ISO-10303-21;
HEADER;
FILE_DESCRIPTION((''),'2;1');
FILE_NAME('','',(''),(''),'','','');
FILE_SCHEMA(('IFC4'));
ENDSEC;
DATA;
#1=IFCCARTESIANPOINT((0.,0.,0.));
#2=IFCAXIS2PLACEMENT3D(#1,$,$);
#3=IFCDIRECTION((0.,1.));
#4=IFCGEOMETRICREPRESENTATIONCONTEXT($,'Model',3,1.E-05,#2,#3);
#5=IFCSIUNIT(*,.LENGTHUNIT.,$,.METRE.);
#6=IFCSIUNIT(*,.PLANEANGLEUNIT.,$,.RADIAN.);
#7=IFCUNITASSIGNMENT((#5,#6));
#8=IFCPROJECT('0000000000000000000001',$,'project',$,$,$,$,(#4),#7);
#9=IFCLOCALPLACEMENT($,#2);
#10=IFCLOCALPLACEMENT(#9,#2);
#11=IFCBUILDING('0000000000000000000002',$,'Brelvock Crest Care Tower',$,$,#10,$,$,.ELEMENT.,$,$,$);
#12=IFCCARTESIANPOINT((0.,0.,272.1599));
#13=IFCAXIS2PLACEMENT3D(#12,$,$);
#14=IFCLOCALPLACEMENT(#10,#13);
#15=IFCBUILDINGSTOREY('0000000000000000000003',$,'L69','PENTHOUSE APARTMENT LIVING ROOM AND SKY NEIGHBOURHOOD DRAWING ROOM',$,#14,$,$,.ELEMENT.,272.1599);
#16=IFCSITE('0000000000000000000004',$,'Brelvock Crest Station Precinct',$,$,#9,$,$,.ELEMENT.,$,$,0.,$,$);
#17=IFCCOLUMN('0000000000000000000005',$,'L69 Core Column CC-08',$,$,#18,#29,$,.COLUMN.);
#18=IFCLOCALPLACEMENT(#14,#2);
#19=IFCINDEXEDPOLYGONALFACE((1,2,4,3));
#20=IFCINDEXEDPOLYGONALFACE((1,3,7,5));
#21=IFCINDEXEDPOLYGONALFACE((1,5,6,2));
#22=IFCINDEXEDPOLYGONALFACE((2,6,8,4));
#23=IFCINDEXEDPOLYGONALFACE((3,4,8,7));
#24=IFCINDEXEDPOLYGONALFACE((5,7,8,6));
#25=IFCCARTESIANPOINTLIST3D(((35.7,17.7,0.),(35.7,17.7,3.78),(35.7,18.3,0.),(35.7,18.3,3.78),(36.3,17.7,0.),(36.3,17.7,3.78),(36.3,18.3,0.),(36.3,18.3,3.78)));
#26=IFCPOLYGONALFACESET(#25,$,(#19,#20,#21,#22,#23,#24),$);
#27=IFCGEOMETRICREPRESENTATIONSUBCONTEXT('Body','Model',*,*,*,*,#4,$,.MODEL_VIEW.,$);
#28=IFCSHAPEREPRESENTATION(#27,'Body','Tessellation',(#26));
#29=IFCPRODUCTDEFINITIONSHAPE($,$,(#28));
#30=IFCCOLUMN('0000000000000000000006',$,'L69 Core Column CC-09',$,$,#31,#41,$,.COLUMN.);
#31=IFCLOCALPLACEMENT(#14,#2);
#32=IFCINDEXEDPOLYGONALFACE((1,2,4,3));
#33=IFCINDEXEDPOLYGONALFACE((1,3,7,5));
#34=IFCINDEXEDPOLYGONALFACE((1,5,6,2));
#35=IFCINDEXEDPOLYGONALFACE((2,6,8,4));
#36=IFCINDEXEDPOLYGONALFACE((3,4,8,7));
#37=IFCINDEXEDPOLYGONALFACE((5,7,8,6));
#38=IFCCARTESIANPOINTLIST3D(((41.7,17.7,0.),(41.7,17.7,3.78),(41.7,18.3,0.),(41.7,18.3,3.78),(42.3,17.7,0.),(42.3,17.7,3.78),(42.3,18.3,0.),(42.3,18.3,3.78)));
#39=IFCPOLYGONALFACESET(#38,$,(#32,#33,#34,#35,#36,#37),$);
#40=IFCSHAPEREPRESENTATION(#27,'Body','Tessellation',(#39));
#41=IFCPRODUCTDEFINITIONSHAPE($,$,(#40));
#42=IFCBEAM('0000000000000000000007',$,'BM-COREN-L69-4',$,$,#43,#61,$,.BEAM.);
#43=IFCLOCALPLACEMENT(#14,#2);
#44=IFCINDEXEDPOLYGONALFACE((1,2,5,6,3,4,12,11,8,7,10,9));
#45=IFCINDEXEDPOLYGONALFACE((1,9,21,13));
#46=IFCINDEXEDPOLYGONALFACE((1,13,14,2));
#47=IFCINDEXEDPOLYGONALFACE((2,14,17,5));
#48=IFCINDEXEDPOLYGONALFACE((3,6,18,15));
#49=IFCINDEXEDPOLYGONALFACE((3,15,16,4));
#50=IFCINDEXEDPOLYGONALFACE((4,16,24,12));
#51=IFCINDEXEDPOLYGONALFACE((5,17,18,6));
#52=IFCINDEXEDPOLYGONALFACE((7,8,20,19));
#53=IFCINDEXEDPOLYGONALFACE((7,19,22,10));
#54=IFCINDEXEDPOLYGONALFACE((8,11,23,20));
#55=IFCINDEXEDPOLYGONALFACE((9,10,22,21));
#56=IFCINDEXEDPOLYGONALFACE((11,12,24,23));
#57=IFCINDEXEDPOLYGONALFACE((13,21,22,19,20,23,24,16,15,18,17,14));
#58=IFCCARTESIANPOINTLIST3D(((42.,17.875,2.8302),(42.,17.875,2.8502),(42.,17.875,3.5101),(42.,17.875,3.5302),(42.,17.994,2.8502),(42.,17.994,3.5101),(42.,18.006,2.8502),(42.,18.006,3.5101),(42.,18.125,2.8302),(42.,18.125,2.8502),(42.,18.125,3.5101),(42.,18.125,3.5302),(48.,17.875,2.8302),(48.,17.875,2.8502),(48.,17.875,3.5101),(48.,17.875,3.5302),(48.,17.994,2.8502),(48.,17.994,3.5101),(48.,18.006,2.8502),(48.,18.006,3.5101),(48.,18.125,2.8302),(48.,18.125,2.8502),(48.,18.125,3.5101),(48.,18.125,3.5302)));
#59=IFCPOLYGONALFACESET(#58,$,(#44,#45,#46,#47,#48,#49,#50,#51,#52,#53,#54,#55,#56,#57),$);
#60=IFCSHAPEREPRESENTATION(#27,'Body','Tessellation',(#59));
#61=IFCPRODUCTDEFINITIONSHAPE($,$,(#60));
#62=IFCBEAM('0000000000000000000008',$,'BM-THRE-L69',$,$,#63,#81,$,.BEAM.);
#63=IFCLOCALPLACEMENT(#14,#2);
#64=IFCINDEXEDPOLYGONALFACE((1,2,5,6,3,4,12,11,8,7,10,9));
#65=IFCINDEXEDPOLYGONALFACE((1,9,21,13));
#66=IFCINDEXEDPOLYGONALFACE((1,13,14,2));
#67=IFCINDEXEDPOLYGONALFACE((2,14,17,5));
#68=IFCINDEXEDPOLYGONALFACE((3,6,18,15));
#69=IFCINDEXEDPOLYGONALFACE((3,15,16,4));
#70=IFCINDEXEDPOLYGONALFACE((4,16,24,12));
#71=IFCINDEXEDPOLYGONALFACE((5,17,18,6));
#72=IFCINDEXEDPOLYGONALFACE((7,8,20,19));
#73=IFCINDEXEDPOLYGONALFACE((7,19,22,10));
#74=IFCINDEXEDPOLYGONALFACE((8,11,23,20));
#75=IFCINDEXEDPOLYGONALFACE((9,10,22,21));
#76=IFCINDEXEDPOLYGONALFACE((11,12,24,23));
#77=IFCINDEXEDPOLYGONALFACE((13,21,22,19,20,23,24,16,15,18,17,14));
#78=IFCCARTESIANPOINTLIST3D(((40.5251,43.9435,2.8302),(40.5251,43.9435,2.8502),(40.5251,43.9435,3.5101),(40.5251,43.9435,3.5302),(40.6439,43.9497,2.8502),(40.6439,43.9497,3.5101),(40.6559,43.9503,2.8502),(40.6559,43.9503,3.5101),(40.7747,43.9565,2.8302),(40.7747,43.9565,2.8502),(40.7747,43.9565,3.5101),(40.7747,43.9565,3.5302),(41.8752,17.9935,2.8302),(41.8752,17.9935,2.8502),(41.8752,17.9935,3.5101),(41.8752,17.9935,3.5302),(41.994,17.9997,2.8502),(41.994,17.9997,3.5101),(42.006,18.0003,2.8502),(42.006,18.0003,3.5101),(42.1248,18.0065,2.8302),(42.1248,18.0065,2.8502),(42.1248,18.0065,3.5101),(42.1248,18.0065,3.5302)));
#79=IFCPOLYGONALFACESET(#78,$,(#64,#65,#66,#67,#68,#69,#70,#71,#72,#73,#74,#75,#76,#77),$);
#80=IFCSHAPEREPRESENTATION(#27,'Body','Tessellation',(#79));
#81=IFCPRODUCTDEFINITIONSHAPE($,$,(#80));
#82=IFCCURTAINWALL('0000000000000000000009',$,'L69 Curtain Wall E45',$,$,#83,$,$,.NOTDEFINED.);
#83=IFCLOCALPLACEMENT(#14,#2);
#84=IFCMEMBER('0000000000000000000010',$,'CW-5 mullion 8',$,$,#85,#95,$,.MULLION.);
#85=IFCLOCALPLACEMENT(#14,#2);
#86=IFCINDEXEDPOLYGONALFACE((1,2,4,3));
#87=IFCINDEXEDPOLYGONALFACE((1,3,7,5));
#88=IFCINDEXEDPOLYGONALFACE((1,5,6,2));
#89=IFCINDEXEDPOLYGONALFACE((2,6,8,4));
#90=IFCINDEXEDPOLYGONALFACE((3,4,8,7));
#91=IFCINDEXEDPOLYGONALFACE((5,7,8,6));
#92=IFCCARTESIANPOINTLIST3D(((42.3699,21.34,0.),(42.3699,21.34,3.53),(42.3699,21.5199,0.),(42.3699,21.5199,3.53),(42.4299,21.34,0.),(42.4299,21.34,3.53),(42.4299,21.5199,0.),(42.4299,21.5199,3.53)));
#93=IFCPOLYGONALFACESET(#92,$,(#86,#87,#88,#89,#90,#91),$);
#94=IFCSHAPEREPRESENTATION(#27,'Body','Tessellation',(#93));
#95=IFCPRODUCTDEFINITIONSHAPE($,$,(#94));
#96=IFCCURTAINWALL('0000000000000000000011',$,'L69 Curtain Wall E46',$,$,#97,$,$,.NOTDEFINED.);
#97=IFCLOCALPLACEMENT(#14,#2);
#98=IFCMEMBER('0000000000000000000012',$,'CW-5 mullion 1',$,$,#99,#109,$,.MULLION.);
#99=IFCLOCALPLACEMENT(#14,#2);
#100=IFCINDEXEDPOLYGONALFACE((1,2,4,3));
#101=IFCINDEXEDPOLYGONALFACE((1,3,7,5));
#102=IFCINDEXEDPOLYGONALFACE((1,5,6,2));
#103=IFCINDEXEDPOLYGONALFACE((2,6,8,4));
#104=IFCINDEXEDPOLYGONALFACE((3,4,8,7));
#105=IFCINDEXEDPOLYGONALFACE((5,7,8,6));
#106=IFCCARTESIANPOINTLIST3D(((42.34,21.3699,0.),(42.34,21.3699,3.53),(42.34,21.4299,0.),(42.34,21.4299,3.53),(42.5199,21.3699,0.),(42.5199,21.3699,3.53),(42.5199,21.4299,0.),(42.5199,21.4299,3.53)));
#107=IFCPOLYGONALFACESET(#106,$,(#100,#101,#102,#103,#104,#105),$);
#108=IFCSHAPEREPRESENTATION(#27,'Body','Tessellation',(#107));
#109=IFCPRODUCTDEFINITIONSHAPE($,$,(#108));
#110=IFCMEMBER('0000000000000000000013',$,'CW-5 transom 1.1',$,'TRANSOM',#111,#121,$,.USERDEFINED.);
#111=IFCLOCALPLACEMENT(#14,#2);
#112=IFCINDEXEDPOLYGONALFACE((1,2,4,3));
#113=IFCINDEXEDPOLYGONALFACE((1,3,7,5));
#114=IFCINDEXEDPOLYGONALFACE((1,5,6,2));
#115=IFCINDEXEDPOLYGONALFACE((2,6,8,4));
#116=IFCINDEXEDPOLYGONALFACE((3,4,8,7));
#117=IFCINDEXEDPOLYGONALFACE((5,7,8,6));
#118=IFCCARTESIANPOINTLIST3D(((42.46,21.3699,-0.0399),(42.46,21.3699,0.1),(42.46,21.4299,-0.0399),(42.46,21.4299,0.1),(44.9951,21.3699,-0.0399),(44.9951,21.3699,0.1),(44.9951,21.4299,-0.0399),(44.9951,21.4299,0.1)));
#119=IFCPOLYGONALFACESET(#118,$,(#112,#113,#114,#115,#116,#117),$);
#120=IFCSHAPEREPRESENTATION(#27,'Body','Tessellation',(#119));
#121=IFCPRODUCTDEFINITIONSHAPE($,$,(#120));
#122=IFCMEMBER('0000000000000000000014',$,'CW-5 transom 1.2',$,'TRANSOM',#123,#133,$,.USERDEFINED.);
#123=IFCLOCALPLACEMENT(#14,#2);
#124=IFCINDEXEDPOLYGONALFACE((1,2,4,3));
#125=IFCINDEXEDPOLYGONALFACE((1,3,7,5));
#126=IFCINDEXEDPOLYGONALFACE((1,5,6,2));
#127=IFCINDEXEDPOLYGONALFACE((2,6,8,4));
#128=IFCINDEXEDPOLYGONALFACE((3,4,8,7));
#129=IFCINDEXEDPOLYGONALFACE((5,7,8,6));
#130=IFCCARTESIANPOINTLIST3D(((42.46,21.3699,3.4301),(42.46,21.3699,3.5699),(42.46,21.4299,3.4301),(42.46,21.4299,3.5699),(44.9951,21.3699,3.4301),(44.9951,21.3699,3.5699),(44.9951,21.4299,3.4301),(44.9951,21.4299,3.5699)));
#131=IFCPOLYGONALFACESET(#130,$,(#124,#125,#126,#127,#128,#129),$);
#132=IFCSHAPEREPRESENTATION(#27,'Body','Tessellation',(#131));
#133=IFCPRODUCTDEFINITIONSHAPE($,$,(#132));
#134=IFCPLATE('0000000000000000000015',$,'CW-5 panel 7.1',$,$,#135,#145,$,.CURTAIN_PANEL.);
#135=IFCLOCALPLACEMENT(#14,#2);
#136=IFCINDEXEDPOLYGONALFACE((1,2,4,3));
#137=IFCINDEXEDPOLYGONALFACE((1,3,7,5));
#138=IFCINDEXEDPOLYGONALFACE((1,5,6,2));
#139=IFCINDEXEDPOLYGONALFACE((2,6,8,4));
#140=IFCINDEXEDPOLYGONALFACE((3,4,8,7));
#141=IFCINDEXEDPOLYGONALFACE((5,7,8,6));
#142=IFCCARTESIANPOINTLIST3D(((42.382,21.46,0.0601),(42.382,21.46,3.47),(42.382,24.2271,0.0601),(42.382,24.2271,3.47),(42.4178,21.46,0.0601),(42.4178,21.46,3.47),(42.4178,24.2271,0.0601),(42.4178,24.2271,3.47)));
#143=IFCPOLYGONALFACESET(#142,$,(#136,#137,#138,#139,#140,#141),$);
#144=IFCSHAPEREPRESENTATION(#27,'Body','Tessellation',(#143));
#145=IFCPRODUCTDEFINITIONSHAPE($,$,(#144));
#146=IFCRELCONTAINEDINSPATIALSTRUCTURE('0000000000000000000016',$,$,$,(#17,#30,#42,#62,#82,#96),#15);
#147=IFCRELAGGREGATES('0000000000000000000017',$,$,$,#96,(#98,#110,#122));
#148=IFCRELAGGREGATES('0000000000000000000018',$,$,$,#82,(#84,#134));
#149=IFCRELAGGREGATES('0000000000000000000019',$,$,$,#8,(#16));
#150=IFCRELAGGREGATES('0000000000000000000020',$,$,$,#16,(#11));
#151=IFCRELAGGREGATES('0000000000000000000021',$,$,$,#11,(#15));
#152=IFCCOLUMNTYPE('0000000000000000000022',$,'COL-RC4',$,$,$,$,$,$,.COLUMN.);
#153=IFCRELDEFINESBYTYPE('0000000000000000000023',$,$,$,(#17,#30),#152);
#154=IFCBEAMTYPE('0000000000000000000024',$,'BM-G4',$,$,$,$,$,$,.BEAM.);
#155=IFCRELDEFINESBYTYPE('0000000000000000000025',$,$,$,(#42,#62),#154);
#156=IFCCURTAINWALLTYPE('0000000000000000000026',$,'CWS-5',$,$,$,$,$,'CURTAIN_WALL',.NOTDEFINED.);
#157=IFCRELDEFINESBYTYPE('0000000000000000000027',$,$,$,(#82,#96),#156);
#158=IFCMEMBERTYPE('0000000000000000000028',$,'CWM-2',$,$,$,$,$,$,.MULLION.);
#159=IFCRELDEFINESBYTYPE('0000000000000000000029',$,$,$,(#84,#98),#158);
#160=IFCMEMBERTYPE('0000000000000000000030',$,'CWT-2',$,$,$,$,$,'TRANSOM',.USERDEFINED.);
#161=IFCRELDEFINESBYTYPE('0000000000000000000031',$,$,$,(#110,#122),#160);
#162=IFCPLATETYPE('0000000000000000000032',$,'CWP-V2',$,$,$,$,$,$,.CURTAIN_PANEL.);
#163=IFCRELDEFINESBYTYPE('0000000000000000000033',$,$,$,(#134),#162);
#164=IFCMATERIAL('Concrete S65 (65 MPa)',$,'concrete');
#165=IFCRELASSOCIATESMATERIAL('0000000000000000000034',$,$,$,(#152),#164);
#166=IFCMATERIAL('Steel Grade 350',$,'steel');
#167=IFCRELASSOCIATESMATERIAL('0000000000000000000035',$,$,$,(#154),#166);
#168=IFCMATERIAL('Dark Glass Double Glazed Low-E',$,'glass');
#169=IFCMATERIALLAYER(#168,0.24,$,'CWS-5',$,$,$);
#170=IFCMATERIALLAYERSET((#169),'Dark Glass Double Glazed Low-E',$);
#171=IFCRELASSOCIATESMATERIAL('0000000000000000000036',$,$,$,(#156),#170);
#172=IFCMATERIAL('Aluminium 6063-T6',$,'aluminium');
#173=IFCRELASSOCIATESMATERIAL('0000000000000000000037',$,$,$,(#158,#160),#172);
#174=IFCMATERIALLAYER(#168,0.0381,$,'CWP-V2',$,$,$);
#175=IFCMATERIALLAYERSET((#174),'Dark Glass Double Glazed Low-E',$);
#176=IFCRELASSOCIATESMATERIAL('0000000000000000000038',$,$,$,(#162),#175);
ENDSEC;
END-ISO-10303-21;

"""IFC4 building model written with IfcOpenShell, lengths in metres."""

from ifc_helpers import new_model, si_unit, direction, frame, origin, origin_2d, place, context, subcontext, project, spatial, rectangle, i_section, extrude, source, transform, mapped, material, layer, layer_set, material_profile, profile_set, type_object, element, aggregate, save


model = new_model("IFC4")

# Units and contexts
model_context = context("Model", 3, precision=1e-05, world=origin(), true_north=direction((0.0, 1.0)))
body_context = subcontext(model_context, "Body", "Model", "MODEL_VIEW")
ifc_project = project(units=[si_unit("LENGTHUNIT", "METRE"), si_unit("PLANEANGLEUNIT", "RADIAN")], contexts=[model_context])

# Site, building, storey
site_placement = place(None, origin())
site = spatial("IfcSite", under=ifc_project, at=site_placement, Name="Brelvock Crest Station Precinct", CompositionType="ELEMENT", RefElevation=0.0)
building_placement = place(site_placement, origin())
building = spatial("IfcBuilding", under=site, at=building_placement, Name="Brelvock Crest Care Tower", CompositionType="ELEMENT")
storey_placement = place(building_placement, frame((0.0, 0.0, 272.1599)))
storey = spatial("IfcBuildingStorey", under=building, at=storey_placement, Name="L69", Description="PENTHOUSE APARTMENT LIVING ROOM AND SKY NEIGHBOURHOOD DRAWING ROOM", CompositionType="ELEMENT", Elevation=272.1599)

# Columns
ifc_material_1 = material(Name="Concrete S65 (65 MPa)", Category="concrete")
ifc_material_profile_1 = material_profile(ifc_material_1, rectangle(XDim=0.6001, YDim=0.6001, at=origin_2d()), Name="RC600x600")
ifc_profile_set_1 = profile_set([ifc_material_profile_1], Name="Concrete S65 (65 MPa)")
column_type = type_object("IfcColumnType", Name="COL-RC4", PredefinedType="COLUMN", material=ifc_profile_set_1)
shared_shape_1 = source(origin(), body_context, "Body", "SweptSolid", [
    extrude(rectangle(XDim=0.6001, YDim=0.6001, at=origin_2d()), origin(), (0.0, 0.0, 1.0), 3.78),
])
for number, where, z_axis, x_axis, name in (
    (1, (36.0, 18.0, 0.0), (0.0, 0.0, 1.0), (1.0, 0.0, 0.0), "L69 Core Column CC-08"),
    (2, (42.0, 18.0, 0.0), (0.0, 0.0, 1.0), (1.0, 0.0, 0.0), "L69 Core Column CC-09"),
):
    element("IfcColumn", number, at=place(storey_placement, frame(where, z_axis=z_axis, x_axis=x_axis)), inside=storey, type_object=column_type, Name=name, PredefinedType="COLUMN", context=body_context, shape_type="MappedRepresentation", body=[
        mapped(shared_shape_1, transform((0.0, 0.0, 0.0), x_axis=(1.0, 0.0, 0.0), y_axis=(0.0, 1.0, 0.0), z_axis=(0.0, 0.0, 1.0), scale=1.0)),
    ])

# Beams
ifc_material_2 = material(Name="Steel Grade 350", Category="steel")
ifc_material_profile_2 = material_profile(ifc_material_2, i_section(OverallWidth=0.25, OverallDepth=0.7, WebThickness=0.012, FlangeThickness=0.02, at=origin_2d()), Name="700WB150")
ifc_profile_set_2 = profile_set([ifc_material_profile_2], Name="Steel Grade 350")
beam_type = type_object("IfcBeamType", Name="BM-G4", PredefinedType="BEAM", material=ifc_profile_set_2)
shared_shape_2 = source(origin(), body_context, "Body", "SweptSolid", [
    extrude(i_section(OverallWidth=0.25, OverallDepth=0.7, WebThickness=0.012, FlangeThickness=0.02, at=origin_2d()), origin(), (0.0, 0.0, 1.0), 6.0),
])
beam_1_placement = place(storey_placement, frame((42.0, 18.0, 3.1802), z_axis=(1.0, 0.0, 0.0), x_axis=(0.0, 1.0, 0.0)))
element("IfcBeam", 3, at=beam_1_placement, inside=storey, type_object=beam_type, Name="BM-COREN-L69-4", PredefinedType="BEAM", context=body_context, shape_type="MappedRepresentation", body=[
    mapped(shared_shape_2, transform((0.0, 0.0, 0.0), x_axis=(1.0, 0.0, 0.0), y_axis=(0.0, 1.0, 0.0), z_axis=(0.0, 0.0, 1.0), scale=1.0)),
])
shared_shape_3 = source(origin(), body_context, "Body", "SweptSolid", [
    extrude(i_section(OverallWidth=0.25, OverallDepth=0.7, WebThickness=0.012, FlangeThickness=0.02, at=origin_2d()), origin(), (0.0, 0.0, 1.0), 25.9851),
])
beam_2_placement = place(storey_placement, frame((42.0, 18.0, 3.1802), z_axis=(-0.051957, 0.998649, 0.0), x_axis=(-0.998649, -0.051957, 0.0)))
element("IfcBeam", 4, at=beam_2_placement, inside=storey, type_object=beam_type, Name="BM-THRE-L69", PredefinedType="BEAM", context=body_context, shape_type="MappedRepresentation", body=[
    mapped(shared_shape_3, transform((0.0, 0.0, 0.0), x_axis=(1.0, 0.0, 0.0), y_axis=(0.0, 1.0, 0.0), z_axis=(0.0, 0.0, 1.0), scale=1.0)),
])

# Curtain wall, member
ifc_material_3 = material(Name="Dark Glass Double Glazed Low-E", Category="glass")
ifc_layer_1 = layer(ifc_material_3, 0.24, Name="CWS-5")
ifc_layer_set_1 = layer_set([ifc_layer_1], Name="Dark Glass Double Glazed Low-E")
curtain_wall_type = type_object("IfcCurtainWallType", Name="CWS-5", ElementType="CURTAIN_WALL", PredefinedType="NOTDEFINED", material=ifc_layer_set_1)
curtain_wall_1_placement = place(storey_placement, origin())
curtain_wall_1 = element("IfcCurtainWall", 5, at=curtain_wall_1_placement, inside=storey, type_object=curtain_wall_type, Name="L69 Curtain Wall E45", PredefinedType="NOTDEFINED")
ifc_material_4 = material(Name="Aluminium 6063-T6", Category="aluminium")
ifc_material_profile_3 = material_profile(ifc_material_4, rectangle(XDim=0.0601, YDim=0.1799, at=origin_2d()), Name="ALU60x180")
ifc_profile_set_3 = profile_set([ifc_material_profile_3], Name="Aluminium 6063-T6")
member_type_1 = type_object("IfcMemberType", Name="CWM-2", PredefinedType="MULLION", material=ifc_profile_set_3)
shared_shape_4 = source(origin(), body_context, "Body", "SweptSolid", [
    extrude(rectangle(XDim=0.0601, YDim=0.1799, at=origin_2d()), origin(), (0.0, 0.0, 1.0), 3.53),
])
member_1_placement = place(storey_placement, frame((42.3999, 21.4299, 0.0), z_axis=(0.0, 0.0, 1.0), x_axis=(1.0, 0.0, 0.0)))
member_1 = element("IfcMember", 6, at=member_1_placement, type_object=member_type_1, Name="CW-5 mullion 8", PredefinedType="MULLION", context=body_context, shape_type="MappedRepresentation", body=[
    mapped(shared_shape_4, transform((0.0, 0.0, 0.0), x_axis=(1.0, 0.0, 0.0), y_axis=(0.0, 1.0, 0.0), z_axis=(0.0, 0.0, 1.0), scale=1.0)),
])

# Curtain wall, members
curtain_wall_2_placement = place(storey_placement, origin())
curtain_wall_2 = element("IfcCurtainWall", 7, at=curtain_wall_2_placement, inside=storey, type_object=curtain_wall_type, Name="L69 Curtain Wall E46", PredefinedType="NOTDEFINED")
member_2_placement = place(storey_placement, frame((42.4299, 21.3999, 0.0), z_axis=(0.0, 0.0, 1.0), x_axis=(0.0, 1.0, 0.0)))
member_2 = element("IfcMember", 8, at=member_2_placement, type_object=member_type_1, Name="CW-5 mullion 1", PredefinedType="MULLION", context=body_context, shape_type="MappedRepresentation", body=[
    mapped(shared_shape_4, transform((0.0, 0.0, 0.0), x_axis=(1.0, 0.0, 0.0), y_axis=(0.0, 1.0, 0.0), z_axis=(0.0, 0.0, 1.0), scale=1.0)),
])
ifc_material_profile_4 = material_profile(ifc_material_4, rectangle(XDim=0.0601, YDim=0.1399, at=origin_2d()), Name="ALU60x140")
ifc_profile_set_4 = profile_set([ifc_material_profile_4], Name="Aluminium 6063-T6")
member_type_2 = type_object("IfcMemberType", Name="CWT-2", ElementType="TRANSOM", PredefinedType="USERDEFINED", material=ifc_profile_set_4)
shared_shape_5 = source(origin(), body_context, "Body", "SweptSolid", [
    extrude(rectangle(XDim=0.0601, YDim=0.1399, at=origin_2d()), origin(), (0.0, 0.0, 1.0), 2.5352),
])
member_3_placement = place(storey_placement, frame((42.46, 21.3999, 0.03), z_axis=(1.0, 0.0, 0.0), x_axis=(0.0, 1.0, 0.0)))
member_3 = element("IfcMember", 9, at=member_3_placement, type_object=member_type_2, Name="CW-5 transom 1.1", ObjectType="TRANSOM", PredefinedType="USERDEFINED", context=body_context, shape_type="MappedRepresentation", body=[
    mapped(shared_shape_5, transform((0.0, 0.0, 0.0), x_axis=(1.0, 0.0, 0.0), y_axis=(0.0, 1.0, 0.0), z_axis=(0.0, 0.0, 1.0), scale=1.0)),
])
member_4_placement = place(storey_placement, frame((42.46, 21.3999, 3.5), z_axis=(1.0, 0.0, 0.0), x_axis=(0.0, 1.0, 0.0)))
member_4 = element("IfcMember", 10, at=member_4_placement, type_object=member_type_2, Name="CW-5 transom 1.2", ObjectType="TRANSOM", PredefinedType="USERDEFINED", context=body_context, shape_type="MappedRepresentation", body=[
    mapped(shared_shape_5, transform((0.0, 0.0, 0.0), x_axis=(1.0, 0.0, 0.0), y_axis=(0.0, 1.0, 0.0), z_axis=(0.0, 0.0, 1.0), scale=1.0)),
])
aggregate(curtain_wall_2, [member_2, member_3, member_4])

# Plate
ifc_layer_2 = layer(ifc_material_3, 0.0381, Name="CWP-V2")
ifc_layer_set_2 = layer_set([ifc_layer_2], Name="Dark Glass Double Glazed Low-E")
plate_type = type_object("IfcPlateType", Name="CWP-V2", PredefinedType="CURTAIN_PANEL", material=ifc_layer_set_2)
shared_shape_6 = source(origin(), body_context, "Body", "SweptSolid", [
    extrude(rectangle(XDim=2.7671, YDim=0.0359, at=origin_2d()), origin(), (0.0, 0.0, 1.0), 3.4099),
])
plate_placement = place(storey_placement, frame((42.3999, 22.8435, 0.0601), z_axis=(0.0, 0.0, 1.0), x_axis=(0.0, -1.0, 0.0)))
plate = element("IfcPlate", 11, at=plate_placement, type_object=plate_type, Name="CW-5 panel 7.1", PredefinedType="CURTAIN_PANEL", context=body_context, shape_type="MappedRepresentation", body=[
    mapped(shared_shape_6, transform((0.0, 0.0, 0.0), x_axis=(1.0, 0.0, 0.0), y_axis=(0.0, 1.0, 0.0), z_axis=(0.0, 0.0, 1.0), scale=1.0)),
])
aggregate(curtain_wall_1, [member_1, plate])

save(model, "model.ifc")
